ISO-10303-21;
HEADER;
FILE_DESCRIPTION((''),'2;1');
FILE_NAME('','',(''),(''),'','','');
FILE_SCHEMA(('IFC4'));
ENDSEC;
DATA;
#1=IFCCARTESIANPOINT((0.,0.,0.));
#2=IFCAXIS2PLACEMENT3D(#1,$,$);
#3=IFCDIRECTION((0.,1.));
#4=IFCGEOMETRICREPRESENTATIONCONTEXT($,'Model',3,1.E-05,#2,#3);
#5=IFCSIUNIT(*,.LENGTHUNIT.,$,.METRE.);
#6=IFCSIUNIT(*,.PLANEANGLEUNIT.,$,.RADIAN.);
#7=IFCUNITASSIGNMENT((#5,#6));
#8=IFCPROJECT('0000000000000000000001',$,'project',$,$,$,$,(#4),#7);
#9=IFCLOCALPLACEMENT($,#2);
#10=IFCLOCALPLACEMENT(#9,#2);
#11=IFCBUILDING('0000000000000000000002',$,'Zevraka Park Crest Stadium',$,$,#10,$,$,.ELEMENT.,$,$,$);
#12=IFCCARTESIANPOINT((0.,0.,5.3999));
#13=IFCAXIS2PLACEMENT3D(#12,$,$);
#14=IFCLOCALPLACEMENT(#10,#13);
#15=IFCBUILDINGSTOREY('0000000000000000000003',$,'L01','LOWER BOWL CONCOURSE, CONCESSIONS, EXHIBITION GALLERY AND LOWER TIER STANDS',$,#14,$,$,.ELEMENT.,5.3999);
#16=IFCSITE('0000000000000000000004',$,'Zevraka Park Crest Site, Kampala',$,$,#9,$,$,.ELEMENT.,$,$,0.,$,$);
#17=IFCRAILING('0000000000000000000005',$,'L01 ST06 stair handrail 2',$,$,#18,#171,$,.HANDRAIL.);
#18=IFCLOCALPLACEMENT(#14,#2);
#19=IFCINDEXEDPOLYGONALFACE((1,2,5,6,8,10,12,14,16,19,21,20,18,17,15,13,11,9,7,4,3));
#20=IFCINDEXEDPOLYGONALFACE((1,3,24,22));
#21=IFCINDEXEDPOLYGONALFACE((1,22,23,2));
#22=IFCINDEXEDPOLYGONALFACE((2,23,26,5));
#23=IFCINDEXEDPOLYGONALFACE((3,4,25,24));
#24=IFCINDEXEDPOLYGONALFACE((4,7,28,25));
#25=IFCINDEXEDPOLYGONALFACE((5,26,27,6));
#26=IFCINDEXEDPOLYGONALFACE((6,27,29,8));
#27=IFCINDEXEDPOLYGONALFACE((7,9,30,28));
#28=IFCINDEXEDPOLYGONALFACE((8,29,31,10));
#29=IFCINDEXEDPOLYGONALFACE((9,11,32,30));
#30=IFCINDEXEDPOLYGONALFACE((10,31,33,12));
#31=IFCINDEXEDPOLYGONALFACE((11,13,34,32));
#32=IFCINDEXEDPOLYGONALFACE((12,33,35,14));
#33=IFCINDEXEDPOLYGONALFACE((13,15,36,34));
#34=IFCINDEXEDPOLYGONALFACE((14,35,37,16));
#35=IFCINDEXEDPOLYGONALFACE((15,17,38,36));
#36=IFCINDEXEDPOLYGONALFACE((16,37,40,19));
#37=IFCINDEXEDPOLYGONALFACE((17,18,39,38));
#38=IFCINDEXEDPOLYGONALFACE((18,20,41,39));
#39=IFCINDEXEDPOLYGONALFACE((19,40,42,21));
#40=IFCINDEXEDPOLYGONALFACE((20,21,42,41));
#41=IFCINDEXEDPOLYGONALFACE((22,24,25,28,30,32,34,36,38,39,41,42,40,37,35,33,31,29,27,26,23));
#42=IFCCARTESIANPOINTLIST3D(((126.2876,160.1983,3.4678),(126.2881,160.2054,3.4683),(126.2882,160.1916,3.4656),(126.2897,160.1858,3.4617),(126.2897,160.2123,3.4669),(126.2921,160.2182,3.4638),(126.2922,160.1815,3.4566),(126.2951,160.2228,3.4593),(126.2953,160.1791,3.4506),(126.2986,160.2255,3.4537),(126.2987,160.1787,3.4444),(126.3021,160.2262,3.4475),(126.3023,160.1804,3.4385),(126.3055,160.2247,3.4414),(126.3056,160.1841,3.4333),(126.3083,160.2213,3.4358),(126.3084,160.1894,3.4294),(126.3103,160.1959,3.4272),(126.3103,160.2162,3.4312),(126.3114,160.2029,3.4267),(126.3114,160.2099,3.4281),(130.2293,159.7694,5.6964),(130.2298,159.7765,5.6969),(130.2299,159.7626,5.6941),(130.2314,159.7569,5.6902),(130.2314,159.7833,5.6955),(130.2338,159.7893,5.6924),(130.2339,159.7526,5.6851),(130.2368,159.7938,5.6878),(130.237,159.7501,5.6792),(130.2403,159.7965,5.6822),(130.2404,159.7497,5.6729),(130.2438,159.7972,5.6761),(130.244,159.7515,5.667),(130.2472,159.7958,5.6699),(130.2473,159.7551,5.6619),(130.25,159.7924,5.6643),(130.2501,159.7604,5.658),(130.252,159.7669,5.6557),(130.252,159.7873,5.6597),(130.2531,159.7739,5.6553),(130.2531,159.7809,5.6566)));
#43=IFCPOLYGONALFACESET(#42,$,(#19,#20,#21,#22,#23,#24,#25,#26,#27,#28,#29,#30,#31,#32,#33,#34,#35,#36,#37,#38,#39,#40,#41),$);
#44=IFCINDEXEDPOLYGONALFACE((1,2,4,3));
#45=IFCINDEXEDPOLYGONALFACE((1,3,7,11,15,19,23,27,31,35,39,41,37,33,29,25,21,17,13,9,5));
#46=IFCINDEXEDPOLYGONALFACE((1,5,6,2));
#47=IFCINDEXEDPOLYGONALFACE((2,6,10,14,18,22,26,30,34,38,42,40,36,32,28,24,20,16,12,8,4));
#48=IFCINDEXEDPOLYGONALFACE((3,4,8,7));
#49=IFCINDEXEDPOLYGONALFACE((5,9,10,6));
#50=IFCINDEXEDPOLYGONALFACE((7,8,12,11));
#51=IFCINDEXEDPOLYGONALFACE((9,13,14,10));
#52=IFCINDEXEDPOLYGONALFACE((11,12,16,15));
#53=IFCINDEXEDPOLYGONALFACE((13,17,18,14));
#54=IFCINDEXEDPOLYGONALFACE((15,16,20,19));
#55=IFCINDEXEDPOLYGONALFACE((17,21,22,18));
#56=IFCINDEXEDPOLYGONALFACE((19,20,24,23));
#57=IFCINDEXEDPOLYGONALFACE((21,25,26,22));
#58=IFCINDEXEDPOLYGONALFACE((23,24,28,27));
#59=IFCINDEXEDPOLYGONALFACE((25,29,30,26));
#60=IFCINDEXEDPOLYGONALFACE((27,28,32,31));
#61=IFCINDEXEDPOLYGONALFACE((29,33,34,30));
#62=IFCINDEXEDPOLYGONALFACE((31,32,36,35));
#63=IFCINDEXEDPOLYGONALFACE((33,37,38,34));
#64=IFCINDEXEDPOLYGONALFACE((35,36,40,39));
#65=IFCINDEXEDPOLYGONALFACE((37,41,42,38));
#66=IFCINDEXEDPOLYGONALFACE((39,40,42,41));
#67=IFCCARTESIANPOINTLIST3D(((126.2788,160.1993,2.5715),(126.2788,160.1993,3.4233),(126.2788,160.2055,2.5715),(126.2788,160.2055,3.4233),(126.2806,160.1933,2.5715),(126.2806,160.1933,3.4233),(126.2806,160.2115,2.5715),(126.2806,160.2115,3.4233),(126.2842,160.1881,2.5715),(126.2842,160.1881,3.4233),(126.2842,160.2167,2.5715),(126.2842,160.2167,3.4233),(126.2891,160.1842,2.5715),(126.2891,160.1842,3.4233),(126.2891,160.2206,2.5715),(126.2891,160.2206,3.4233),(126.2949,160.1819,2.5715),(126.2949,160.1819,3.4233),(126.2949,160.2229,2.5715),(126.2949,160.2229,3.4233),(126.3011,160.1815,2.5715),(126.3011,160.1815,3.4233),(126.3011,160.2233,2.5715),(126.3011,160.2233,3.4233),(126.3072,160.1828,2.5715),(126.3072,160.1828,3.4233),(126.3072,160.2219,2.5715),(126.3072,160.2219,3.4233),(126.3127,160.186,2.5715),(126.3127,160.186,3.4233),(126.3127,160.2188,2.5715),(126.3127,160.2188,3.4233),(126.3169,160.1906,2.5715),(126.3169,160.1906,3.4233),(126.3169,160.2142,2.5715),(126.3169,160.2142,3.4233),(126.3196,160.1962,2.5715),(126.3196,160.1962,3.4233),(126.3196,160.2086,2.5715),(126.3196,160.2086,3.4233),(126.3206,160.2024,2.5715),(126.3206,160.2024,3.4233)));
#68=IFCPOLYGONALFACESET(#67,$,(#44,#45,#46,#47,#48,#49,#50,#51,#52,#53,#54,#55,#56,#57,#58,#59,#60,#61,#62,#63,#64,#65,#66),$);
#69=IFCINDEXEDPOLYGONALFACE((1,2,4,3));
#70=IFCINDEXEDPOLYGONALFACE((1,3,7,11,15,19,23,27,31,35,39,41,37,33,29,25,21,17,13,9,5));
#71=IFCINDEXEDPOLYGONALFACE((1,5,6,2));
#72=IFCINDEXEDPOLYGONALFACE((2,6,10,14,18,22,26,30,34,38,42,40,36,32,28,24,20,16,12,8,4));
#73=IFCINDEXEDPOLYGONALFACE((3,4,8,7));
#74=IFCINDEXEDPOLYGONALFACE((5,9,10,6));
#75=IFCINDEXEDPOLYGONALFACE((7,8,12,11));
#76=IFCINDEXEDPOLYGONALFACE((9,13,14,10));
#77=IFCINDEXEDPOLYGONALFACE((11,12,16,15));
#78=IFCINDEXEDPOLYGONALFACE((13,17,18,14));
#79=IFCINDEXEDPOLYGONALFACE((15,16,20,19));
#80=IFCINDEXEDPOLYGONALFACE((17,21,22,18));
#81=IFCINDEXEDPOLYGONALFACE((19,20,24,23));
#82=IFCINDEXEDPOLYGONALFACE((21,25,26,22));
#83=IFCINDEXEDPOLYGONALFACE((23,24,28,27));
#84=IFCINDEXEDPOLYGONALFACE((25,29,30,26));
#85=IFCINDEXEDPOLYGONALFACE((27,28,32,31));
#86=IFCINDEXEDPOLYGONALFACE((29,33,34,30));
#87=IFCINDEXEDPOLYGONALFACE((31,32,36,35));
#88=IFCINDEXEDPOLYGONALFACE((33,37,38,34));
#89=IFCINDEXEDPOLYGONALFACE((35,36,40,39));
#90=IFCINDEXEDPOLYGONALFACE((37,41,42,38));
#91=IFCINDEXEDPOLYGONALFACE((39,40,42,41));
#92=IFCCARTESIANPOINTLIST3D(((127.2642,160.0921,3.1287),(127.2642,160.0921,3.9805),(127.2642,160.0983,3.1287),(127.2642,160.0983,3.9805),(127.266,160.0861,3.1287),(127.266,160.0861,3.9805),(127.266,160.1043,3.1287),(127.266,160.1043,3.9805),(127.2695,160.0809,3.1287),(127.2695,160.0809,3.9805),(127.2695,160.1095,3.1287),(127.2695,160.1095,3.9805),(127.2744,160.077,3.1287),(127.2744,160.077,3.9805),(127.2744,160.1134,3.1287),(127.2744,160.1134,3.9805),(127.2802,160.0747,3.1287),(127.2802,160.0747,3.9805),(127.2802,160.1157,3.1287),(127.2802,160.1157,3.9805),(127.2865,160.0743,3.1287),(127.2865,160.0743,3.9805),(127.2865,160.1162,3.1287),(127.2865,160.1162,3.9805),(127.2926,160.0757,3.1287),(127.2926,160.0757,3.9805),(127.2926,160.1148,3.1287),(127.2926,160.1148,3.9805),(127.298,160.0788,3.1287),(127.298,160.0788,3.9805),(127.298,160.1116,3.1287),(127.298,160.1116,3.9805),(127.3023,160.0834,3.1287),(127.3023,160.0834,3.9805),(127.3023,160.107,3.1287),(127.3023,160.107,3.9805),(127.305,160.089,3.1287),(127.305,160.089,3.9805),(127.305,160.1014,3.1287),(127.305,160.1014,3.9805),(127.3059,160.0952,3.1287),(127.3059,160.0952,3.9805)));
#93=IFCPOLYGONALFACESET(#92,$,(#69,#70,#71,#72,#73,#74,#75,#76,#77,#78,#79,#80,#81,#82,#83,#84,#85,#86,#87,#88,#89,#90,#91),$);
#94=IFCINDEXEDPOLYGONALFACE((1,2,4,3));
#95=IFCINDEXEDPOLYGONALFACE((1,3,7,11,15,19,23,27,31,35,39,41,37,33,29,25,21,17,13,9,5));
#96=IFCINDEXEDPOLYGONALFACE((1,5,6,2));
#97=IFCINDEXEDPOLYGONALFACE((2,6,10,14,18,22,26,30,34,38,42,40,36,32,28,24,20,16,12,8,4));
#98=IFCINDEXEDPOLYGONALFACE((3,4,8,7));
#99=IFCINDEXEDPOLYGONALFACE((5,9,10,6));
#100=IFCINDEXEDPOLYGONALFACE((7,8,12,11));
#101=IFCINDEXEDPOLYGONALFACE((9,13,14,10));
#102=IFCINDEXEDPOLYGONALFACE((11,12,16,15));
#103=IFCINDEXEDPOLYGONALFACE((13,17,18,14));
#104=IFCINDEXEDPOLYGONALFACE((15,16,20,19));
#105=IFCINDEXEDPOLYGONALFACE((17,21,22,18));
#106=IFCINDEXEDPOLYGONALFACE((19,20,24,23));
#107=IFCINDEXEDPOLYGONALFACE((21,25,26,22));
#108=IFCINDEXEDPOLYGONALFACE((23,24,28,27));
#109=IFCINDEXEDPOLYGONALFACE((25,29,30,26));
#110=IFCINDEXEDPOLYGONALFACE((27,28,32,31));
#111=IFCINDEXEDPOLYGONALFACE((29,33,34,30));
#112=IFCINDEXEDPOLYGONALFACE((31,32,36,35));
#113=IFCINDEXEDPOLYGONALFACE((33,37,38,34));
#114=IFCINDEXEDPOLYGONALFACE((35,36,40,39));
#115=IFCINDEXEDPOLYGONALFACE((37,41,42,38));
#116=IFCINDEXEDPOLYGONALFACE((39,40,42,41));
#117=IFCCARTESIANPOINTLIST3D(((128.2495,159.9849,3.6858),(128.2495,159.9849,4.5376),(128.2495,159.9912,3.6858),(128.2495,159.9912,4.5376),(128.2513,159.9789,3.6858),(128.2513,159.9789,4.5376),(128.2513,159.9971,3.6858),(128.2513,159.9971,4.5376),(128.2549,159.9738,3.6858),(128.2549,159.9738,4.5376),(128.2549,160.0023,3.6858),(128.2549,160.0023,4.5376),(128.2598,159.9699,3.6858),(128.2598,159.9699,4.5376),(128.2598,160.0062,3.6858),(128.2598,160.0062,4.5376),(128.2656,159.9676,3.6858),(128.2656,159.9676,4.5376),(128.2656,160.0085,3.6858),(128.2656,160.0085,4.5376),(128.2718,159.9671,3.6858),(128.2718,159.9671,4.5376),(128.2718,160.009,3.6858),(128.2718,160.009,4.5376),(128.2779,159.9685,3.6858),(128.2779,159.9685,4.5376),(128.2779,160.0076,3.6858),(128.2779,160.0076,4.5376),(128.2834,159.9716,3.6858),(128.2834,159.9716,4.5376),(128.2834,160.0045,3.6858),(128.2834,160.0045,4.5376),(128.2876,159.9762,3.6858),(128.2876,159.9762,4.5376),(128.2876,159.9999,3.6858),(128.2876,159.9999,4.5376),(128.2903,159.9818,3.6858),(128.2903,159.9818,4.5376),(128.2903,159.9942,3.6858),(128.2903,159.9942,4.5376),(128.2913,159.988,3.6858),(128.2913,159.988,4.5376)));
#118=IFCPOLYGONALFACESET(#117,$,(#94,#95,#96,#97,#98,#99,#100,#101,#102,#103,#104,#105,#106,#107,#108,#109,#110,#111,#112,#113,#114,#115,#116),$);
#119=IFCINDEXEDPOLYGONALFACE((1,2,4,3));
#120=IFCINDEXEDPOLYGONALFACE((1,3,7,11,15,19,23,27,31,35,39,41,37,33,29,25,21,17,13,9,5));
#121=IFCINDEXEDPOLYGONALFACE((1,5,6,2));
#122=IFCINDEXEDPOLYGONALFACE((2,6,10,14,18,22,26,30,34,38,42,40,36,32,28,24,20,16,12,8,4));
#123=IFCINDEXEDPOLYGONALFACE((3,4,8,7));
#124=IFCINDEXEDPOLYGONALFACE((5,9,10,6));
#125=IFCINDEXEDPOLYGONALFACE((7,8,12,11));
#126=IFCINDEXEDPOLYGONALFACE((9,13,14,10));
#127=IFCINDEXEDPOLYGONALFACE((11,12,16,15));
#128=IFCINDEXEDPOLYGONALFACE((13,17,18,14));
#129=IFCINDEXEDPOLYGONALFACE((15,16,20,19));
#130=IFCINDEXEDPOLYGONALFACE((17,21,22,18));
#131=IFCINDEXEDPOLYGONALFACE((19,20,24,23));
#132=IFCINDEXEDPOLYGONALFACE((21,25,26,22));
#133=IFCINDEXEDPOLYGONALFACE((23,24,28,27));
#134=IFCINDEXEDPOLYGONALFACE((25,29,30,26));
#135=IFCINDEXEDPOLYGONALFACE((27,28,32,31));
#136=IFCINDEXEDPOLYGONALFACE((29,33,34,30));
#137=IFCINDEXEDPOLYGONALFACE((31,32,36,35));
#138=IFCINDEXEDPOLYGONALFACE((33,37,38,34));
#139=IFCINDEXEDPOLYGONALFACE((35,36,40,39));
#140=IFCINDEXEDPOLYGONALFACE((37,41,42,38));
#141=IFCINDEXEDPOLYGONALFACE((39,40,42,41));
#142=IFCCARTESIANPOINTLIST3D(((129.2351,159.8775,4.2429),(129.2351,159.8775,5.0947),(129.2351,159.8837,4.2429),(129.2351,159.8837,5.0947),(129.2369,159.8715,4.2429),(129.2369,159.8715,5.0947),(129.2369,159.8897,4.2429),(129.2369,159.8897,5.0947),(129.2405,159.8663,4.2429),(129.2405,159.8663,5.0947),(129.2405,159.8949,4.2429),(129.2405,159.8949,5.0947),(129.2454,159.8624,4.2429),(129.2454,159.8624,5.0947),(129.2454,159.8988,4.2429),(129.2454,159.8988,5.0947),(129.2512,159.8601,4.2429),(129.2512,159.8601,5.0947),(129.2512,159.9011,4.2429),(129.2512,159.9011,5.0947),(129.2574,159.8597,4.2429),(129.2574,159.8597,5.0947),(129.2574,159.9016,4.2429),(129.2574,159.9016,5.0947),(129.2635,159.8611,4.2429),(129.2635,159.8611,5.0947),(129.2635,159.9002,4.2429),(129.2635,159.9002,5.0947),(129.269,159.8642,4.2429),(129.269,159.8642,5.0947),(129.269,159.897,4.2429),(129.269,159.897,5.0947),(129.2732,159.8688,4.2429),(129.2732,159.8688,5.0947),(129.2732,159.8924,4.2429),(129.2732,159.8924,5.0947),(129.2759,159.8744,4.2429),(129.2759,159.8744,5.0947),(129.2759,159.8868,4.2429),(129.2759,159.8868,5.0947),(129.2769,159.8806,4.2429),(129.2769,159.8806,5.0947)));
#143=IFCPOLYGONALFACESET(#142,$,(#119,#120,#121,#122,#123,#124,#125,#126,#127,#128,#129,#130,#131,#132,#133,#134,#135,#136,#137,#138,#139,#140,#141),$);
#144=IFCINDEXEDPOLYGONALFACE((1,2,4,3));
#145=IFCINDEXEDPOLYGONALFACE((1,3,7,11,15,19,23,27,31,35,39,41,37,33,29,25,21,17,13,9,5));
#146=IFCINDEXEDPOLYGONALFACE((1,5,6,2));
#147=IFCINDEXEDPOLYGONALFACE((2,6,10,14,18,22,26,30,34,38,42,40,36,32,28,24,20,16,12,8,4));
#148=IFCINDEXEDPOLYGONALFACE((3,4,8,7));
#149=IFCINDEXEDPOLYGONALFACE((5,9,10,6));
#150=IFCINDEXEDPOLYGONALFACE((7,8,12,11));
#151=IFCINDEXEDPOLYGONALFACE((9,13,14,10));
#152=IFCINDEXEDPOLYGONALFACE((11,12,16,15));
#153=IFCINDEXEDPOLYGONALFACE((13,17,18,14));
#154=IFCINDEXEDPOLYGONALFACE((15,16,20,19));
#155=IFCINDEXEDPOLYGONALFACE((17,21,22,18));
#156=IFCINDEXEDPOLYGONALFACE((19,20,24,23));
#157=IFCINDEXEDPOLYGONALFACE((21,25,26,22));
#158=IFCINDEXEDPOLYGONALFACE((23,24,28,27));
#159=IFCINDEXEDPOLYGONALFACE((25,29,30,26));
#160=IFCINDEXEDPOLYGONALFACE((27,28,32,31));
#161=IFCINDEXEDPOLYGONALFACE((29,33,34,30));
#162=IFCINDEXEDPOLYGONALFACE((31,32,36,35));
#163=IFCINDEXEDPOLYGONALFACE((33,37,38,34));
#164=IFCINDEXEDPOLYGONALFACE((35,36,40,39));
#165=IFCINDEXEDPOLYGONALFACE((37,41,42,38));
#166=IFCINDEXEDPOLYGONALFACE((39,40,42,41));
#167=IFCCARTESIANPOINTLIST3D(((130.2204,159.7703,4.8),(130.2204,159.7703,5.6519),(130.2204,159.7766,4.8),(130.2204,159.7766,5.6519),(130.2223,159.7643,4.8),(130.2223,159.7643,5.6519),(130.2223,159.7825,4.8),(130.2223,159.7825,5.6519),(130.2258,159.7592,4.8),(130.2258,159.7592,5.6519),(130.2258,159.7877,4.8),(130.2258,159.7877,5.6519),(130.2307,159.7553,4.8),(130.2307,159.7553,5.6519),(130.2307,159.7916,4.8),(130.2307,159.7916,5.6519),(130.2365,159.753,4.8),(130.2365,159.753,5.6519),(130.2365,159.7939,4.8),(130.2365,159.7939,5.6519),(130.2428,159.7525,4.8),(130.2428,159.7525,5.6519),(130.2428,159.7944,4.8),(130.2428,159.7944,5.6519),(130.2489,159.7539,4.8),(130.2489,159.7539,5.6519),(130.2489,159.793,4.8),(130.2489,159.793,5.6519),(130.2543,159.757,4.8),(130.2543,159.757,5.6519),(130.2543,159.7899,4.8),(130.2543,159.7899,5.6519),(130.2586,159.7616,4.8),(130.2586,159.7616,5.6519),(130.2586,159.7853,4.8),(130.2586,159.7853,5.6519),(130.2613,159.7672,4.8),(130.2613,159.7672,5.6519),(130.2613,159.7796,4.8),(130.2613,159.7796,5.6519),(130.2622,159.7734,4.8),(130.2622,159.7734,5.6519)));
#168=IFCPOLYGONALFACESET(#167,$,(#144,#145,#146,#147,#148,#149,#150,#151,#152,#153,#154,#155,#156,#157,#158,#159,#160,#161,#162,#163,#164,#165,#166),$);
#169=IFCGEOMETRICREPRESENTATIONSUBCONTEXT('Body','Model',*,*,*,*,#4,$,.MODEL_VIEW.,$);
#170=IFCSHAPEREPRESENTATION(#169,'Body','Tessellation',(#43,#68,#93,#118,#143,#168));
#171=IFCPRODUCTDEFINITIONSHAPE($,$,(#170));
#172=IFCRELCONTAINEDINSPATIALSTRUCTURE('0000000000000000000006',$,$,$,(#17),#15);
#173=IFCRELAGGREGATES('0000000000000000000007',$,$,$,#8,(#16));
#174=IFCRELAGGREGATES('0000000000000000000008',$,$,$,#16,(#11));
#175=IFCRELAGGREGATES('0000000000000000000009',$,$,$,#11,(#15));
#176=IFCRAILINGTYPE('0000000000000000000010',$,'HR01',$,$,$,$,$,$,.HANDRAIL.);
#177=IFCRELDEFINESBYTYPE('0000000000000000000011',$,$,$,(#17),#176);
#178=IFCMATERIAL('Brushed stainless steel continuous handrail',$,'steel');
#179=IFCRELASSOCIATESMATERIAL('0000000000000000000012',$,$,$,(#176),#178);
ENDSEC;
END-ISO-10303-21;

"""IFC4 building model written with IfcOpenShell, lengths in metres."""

from ifc_helpers import new_model, si_unit, direction, frame, origin, origin_2d, place, context, subcontext, project, spatial, circle, extrude, material, type_object, element, save


model = new_model("IFC4")

# Units and contexts
model_context = context("Model", 3, precision=1e-05, world=origin(), true_north=direction((0.0, 1.0)))
body_context = subcontext(model_context, "Body", "Model", "MODEL_VIEW")
ifc_project = project(units=[si_unit("LENGTHUNIT", "METRE"), si_unit("PLANEANGLEUNIT", "RADIAN")], contexts=[model_context])

# Site, building, storey
site_placement = place(None, origin())
site = spatial("IfcSite", under=ifc_project, at=site_placement, Name="Zevraka Park Crest Site, Kampala", CompositionType="ELEMENT", RefElevation=0.0)
building_placement = place(site_placement, origin())
building = spatial("IfcBuilding", under=site, at=building_placement, Name="Zevraka Park Crest Stadium", CompositionType="ELEMENT")
storey_placement = place(building_placement, frame((0.0, 0.0, 5.3999)))
storey = spatial("IfcBuildingStorey", under=building, at=storey_placement, Name="L01", Description="LOWER BOWL CONCOURSE, CONCESSIONS, EXHIBITION GALLERY AND LOWER TIER STANDS", CompositionType="ELEMENT", Elevation=5.3999)

# Railing
ifc_material_1 = material(Name="Brushed stainless steel continuous handrail", Category="steel")
railing_type_1 = type_object("IfcRailingType", Name="HR01", PredefinedType="HANDRAIL", material=ifc_material_1)
railing_1_placement = place(storey_placement, frame((126.2996, 160.2024, 2.5715)))
element("IfcRailing", 1, at=railing_1_placement, inside=storey, type_object=railing_type_1, Name="L01 ST06 stair handrail 2", PredefinedType="HANDRAIL", context=body_context, shape_type="SweptSolid", body=[
    extrude(circle(Radius=0.0239, at=origin_2d()), frame((0.0, 0.0, 0.876), z_axis=(0.866624, -0.094311, 0.489968), x_axis=(0.108188, 0.994131, 0.0)), (0.0, 0.0, 1.0), 4.5483),
    extrude(circle(Radius=0.021, at=origin_2d()), origin(), (0.0, 0.0, 1.0), 0.8518),
    extrude(circle(Radius=0.021, at=origin_2d()), frame((0.9854, -0.1072, 0.5571)), (0.0, 0.0, 1.0), 0.8518),
    extrude(circle(Radius=0.021, at=origin_2d()), frame((1.9707, -0.2144, 1.1143)), (0.0, 0.0, 1.0), 0.8518),
    extrude(circle(Radius=0.021, at=origin_2d()), frame((2.9563, -0.3218, 1.6714)), (0.0, 0.0, 1.0), 0.8518),
    extrude(circle(Radius=0.021, at=origin_2d()), frame((3.9417, -0.429, 2.2285)), (0.0, 0.0, 1.0), 0.8518),
])

save(model, "model.ifc")
